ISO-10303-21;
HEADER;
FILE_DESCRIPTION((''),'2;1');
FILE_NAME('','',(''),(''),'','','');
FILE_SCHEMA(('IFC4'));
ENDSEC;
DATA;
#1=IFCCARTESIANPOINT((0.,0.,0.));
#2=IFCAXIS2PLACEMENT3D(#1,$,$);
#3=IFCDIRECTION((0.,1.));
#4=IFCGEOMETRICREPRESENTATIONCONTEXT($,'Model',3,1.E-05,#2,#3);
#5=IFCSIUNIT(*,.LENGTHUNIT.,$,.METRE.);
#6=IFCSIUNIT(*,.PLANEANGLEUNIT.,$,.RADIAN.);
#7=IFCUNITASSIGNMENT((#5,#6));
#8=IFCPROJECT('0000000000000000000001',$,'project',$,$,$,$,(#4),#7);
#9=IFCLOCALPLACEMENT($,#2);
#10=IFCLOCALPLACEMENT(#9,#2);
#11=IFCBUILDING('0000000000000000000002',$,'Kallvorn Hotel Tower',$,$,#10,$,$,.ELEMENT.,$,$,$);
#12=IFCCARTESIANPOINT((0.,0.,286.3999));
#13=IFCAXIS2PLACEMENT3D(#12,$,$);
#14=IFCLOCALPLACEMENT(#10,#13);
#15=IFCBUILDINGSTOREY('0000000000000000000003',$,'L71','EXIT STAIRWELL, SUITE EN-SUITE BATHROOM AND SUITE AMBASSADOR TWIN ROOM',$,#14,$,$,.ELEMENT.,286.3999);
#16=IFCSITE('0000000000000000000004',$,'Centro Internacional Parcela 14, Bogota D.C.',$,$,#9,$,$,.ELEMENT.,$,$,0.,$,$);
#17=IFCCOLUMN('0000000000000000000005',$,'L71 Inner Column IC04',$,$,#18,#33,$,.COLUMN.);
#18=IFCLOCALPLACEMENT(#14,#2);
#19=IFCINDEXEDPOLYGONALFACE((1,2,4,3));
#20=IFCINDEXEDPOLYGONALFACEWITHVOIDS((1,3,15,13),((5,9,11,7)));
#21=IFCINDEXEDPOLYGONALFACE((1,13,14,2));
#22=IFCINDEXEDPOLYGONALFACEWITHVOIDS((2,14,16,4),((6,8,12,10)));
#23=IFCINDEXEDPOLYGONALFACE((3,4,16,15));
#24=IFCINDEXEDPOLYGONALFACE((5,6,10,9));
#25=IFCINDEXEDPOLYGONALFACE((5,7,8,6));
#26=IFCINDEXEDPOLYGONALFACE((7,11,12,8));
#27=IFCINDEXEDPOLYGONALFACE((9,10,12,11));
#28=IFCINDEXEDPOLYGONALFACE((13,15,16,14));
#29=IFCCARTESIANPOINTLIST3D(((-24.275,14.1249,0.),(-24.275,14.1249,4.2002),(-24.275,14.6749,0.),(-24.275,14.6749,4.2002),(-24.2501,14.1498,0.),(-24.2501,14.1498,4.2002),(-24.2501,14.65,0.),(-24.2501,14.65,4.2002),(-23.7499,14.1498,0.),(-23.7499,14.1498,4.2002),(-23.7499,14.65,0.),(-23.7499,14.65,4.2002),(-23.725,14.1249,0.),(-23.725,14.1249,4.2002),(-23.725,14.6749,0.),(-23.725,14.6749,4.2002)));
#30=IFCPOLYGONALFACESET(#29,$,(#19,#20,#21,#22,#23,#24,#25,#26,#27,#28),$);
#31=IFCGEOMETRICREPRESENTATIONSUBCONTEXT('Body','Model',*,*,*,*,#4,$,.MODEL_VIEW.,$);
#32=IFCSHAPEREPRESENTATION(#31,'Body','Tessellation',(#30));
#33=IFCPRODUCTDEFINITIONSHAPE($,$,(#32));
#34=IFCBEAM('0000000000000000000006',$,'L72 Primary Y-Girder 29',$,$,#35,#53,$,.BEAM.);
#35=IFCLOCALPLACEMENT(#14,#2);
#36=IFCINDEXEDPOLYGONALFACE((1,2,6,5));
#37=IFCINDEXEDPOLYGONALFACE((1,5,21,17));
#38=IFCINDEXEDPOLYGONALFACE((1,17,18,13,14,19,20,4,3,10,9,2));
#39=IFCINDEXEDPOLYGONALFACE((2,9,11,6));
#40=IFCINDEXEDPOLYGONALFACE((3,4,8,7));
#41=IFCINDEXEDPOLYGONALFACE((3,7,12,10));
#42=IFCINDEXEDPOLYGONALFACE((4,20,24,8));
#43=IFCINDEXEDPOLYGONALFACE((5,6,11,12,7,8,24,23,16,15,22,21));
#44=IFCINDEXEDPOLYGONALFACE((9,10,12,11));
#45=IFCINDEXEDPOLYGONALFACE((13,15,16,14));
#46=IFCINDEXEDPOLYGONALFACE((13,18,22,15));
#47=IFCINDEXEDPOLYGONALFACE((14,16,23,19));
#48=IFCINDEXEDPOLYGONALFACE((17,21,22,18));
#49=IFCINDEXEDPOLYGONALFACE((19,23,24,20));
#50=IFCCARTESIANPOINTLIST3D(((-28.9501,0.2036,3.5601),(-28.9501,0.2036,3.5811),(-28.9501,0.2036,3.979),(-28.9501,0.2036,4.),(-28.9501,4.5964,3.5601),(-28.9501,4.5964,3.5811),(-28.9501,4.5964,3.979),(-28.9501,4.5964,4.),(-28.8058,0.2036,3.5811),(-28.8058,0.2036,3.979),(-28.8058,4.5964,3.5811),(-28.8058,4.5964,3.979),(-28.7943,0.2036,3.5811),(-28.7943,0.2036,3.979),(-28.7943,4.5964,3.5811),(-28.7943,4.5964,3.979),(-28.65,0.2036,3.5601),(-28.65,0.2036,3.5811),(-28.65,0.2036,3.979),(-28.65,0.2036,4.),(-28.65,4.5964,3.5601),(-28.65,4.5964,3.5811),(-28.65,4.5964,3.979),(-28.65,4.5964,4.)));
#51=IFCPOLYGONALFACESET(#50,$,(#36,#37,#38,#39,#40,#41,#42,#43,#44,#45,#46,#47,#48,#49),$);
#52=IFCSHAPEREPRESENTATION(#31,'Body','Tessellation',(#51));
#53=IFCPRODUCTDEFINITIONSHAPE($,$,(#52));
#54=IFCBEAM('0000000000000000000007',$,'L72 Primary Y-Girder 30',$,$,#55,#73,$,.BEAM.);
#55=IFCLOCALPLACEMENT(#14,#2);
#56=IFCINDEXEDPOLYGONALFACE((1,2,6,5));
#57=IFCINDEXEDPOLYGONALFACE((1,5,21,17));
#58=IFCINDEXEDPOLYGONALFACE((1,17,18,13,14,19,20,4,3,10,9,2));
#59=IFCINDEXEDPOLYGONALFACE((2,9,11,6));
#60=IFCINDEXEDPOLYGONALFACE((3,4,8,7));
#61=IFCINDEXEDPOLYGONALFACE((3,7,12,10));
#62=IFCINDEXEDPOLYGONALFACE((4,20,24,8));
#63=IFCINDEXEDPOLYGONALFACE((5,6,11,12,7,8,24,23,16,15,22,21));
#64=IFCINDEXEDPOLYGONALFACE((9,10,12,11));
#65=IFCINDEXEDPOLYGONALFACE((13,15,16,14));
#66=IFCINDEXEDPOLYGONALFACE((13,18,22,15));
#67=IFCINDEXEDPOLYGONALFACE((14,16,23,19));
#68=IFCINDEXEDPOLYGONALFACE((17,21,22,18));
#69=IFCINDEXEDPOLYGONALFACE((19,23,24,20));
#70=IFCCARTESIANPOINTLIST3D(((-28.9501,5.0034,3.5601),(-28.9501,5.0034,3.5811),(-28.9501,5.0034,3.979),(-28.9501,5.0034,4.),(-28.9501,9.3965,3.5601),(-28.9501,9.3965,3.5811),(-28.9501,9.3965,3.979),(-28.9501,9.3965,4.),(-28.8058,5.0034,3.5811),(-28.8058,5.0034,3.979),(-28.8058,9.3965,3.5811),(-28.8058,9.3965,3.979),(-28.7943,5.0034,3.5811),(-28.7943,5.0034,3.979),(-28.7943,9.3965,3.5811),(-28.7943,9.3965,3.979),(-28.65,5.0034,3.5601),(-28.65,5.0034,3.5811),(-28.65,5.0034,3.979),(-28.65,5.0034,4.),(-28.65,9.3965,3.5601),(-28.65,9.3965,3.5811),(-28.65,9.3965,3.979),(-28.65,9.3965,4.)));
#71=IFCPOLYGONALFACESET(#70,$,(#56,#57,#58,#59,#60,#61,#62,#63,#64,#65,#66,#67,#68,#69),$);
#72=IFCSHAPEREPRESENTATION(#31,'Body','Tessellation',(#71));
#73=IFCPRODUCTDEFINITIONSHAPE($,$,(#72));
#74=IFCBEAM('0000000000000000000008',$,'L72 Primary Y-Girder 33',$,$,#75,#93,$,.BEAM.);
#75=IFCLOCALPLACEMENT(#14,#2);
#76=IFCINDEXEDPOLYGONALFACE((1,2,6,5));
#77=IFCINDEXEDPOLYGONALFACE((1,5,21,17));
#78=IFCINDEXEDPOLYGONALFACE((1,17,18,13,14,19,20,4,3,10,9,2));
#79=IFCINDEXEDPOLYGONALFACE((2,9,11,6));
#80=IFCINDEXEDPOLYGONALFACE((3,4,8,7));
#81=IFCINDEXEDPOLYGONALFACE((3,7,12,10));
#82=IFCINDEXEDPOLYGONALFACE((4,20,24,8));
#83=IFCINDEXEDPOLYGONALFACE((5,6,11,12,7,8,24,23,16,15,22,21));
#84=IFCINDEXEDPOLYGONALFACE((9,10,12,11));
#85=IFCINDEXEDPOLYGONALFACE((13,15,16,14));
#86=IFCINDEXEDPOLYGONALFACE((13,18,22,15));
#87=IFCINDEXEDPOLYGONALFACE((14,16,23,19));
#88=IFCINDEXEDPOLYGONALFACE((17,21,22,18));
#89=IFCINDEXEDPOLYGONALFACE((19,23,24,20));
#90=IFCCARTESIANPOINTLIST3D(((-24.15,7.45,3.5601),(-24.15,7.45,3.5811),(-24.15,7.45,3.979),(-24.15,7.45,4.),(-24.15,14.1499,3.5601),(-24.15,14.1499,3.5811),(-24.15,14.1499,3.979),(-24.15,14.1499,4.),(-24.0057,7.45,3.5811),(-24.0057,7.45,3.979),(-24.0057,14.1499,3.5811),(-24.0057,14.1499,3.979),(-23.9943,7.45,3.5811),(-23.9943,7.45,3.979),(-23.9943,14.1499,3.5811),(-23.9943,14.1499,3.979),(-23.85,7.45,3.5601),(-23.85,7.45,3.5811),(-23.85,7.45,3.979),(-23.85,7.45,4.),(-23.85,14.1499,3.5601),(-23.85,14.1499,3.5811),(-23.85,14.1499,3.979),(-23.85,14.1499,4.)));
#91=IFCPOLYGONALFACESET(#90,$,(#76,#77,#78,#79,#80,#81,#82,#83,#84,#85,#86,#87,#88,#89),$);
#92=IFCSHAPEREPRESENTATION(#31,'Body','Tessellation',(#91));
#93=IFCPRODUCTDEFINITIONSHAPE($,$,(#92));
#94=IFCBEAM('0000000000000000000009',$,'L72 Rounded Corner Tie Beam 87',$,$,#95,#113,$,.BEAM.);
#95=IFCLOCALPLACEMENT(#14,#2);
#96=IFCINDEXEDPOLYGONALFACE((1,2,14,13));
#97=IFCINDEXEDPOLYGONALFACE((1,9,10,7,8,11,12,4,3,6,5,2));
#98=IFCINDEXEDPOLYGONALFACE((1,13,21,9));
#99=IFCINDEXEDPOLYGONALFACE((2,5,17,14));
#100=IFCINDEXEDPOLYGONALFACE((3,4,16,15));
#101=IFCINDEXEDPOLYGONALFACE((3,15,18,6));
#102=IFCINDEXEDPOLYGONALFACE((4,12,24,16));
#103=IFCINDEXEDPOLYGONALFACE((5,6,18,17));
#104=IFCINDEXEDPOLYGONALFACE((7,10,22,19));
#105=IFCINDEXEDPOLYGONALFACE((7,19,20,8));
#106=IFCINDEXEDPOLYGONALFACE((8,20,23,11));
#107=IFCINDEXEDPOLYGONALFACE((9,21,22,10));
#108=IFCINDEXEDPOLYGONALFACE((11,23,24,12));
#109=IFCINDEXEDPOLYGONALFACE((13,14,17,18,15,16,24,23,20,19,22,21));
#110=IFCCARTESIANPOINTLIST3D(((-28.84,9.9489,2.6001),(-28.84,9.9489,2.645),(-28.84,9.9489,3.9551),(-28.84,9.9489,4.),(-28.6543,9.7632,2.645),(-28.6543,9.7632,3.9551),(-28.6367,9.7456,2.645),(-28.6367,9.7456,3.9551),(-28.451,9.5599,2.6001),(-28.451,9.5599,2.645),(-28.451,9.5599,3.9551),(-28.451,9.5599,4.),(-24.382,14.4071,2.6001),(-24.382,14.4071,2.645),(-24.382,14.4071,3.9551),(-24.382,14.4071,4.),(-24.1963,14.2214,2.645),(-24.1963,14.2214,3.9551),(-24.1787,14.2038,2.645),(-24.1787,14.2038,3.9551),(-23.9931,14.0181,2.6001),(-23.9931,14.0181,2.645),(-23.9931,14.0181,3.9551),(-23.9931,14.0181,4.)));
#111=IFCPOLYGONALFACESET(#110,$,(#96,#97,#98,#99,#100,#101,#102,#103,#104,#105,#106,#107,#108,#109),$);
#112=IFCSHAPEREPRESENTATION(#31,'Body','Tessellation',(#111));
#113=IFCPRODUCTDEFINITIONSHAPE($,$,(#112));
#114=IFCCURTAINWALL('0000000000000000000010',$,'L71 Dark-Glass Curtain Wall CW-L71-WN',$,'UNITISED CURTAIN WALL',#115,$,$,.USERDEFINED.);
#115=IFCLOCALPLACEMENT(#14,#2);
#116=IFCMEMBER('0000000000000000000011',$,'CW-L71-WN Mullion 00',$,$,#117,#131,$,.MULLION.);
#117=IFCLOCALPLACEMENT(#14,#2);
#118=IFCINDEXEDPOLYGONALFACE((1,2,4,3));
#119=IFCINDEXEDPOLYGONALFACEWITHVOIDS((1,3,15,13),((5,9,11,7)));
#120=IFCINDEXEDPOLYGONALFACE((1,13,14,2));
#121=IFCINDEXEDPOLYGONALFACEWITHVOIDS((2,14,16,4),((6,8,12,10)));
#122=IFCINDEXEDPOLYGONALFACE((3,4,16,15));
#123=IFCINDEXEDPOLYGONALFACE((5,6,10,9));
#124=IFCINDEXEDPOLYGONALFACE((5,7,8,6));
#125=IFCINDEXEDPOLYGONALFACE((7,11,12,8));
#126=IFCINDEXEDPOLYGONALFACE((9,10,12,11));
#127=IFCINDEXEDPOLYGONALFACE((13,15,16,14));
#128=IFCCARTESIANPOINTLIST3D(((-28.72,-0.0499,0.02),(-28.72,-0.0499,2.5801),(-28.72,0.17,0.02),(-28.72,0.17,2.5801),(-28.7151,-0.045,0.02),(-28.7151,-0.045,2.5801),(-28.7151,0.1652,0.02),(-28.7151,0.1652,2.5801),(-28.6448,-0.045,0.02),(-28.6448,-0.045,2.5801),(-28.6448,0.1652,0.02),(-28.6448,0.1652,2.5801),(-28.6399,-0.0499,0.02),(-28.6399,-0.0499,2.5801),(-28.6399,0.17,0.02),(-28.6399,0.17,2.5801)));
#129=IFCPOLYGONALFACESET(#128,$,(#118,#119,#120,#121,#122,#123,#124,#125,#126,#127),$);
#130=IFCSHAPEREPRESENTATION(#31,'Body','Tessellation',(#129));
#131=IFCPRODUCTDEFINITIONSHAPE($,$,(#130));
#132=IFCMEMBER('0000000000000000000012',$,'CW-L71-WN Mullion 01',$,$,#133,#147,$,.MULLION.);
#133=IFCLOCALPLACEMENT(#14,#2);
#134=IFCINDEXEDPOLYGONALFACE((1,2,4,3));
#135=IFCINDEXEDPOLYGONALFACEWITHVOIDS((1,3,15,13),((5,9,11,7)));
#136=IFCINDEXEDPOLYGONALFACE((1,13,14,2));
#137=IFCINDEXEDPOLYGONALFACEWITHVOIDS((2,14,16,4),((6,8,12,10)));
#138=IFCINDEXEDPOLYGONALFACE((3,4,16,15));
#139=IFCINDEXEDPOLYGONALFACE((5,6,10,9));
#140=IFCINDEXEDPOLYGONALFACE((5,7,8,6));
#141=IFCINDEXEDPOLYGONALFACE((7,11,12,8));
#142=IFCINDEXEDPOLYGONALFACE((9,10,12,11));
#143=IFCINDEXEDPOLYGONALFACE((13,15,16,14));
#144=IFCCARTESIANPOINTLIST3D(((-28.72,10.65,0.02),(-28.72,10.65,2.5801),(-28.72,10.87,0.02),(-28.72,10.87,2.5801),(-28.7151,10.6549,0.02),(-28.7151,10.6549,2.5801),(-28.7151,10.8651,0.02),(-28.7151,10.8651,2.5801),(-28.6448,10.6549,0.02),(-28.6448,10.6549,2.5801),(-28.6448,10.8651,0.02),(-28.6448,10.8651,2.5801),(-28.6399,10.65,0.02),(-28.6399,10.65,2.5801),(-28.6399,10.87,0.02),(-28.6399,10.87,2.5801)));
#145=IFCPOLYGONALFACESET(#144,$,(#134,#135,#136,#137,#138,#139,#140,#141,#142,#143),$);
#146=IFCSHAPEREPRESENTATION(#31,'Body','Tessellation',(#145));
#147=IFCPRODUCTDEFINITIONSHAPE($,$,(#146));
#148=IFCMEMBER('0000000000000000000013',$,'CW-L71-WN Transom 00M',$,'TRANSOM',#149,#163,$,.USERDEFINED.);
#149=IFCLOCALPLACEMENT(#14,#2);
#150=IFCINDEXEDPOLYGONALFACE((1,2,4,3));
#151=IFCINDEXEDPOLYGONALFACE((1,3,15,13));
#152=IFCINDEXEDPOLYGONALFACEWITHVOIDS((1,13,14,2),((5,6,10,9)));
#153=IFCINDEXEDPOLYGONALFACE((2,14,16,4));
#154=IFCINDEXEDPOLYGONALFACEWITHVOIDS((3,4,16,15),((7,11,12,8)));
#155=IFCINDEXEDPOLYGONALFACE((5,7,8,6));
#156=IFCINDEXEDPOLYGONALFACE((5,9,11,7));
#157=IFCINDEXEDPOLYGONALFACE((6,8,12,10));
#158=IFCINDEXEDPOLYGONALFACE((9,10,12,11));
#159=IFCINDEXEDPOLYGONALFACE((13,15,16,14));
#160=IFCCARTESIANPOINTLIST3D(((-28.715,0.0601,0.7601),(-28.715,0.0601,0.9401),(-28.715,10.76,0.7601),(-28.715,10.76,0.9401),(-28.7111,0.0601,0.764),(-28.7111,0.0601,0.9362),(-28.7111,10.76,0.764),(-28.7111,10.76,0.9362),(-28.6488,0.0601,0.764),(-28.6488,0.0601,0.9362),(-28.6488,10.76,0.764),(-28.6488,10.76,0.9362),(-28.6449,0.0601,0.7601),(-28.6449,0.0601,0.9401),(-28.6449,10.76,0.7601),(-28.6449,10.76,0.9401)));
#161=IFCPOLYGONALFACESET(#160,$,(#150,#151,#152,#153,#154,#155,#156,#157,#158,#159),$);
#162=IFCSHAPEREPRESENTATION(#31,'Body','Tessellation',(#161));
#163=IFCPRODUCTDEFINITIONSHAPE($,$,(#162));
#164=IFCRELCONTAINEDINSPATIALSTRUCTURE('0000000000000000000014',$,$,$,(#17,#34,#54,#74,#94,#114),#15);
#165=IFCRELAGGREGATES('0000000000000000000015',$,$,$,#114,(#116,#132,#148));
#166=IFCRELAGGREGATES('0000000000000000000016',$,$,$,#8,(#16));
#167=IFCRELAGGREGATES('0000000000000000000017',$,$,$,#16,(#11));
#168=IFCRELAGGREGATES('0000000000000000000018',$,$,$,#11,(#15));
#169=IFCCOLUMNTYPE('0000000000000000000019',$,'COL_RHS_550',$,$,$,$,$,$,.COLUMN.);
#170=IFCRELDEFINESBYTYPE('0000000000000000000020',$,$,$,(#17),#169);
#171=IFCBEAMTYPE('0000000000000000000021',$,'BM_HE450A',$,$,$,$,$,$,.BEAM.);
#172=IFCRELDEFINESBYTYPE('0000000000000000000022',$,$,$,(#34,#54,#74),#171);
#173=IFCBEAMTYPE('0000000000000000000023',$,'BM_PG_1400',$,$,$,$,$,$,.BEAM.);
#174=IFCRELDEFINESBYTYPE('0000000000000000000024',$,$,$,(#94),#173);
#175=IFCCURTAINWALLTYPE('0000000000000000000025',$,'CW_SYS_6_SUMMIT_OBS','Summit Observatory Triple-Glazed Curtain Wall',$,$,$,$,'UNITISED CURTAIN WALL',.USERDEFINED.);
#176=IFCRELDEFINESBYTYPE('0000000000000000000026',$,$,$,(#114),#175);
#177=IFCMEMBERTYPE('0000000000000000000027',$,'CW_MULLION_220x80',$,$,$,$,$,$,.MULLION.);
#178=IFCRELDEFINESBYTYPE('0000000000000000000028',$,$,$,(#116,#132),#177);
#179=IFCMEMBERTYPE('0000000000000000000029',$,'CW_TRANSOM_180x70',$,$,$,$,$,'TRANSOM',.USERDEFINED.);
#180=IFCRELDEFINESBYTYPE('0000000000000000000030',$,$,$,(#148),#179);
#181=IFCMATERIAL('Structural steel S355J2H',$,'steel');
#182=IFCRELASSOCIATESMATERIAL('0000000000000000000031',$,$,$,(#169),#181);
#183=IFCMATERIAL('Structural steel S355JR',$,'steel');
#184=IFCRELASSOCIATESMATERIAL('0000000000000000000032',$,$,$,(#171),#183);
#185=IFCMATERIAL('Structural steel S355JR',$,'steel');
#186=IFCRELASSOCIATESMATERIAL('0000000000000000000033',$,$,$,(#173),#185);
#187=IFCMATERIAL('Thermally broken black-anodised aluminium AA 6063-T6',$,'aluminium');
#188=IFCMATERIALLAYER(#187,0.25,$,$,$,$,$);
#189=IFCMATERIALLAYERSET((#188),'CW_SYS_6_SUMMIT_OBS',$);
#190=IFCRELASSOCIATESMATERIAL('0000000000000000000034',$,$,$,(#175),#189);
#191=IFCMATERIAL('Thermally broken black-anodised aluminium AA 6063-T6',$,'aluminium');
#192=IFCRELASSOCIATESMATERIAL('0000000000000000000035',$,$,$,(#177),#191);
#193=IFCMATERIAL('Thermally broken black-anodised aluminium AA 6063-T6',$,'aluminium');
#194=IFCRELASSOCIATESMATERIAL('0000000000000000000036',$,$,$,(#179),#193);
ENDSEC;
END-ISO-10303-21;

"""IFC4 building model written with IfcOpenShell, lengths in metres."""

from ifc_helpers import new_model, si_unit, direction, frame, origin, origin_2d, place, context, subcontext, project, spatial, hollow_rectangle, i_section, extrude, material, layer, layer_set, material_profile, profile_set, type_object, element, aggregate, save


model = new_model("IFC4")

# Units and contexts
model_context = context("Model", 3, precision=1e-05, world=origin(), true_north=direction((0.0, 1.0)))
body_context = subcontext(model_context, "Body", "Model", "MODEL_VIEW")
ifc_project = project(units=[si_unit("LENGTHUNIT", "METRE"), si_unit("PLANEANGLEUNIT", "RADIAN")], contexts=[model_context])

# Site, building, storey
site_placement = place(None, origin())
site = spatial("IfcSite", under=ifc_project, at=site_placement, Name="Centro Internacional Parcela 14, Bogota D.C.", CompositionType="ELEMENT", RefElevation=0.0)
building_placement = place(site_placement, origin())
building = spatial("IfcBuilding", under=site, at=building_placement, Name="Kallvorn Hotel Tower", CompositionType="ELEMENT")
storey_placement = place(building_placement, frame((0.0, 0.0, 286.3999)))
storey = spatial("IfcBuildingStorey", under=building, at=storey_placement, Name="L71", Description="EXIT STAIRWELL, SUITE EN-SUITE BATHROOM AND SUITE AMBASSADOR TWIN ROOM", CompositionType="ELEMENT", Elevation=286.3999)

# Column
ifc_material_1 = material(Name="Structural steel S355J2H", Category="steel")
ifc_material_profile_1 = material_profile(ifc_material_1, hollow_rectangle(XDim=0.55, YDim=0.55, WallThickness=0.0249, at=origin_2d()), Name="RHS 550x550x25")
ifc_profile_set_1 = profile_set([ifc_material_profile_1], Name="Structural steel S355J2H")
column_type_1 = type_object("IfcColumnType", Name="COL_RHS_550", PredefinedType="COLUMN", material=ifc_profile_set_1)
for number, where, z_axis, x_axis, name in (
    (1, (-24.0, 14.3999, 0.0), (0.0, 0.0, 1.0), (1.0, 0.0, 0.0), "L71 Inner Column IC04"),
):
    element("IfcColumn", number, at=place(storey_placement, frame(where, z_axis=z_axis, x_axis=x_axis)), inside=storey, type_object=column_type_1, Name=name, PredefinedType="COLUMN", context=body_context, shape_type="SweptSolid", body=[
        extrude(hollow_rectangle(XDim=0.55, YDim=0.55, WallThickness=0.0249, at=origin_2d()), origin(), (0.0, 0.0, 1.0), 4.2002),
    ])

# Beams
ifc_material_2 = material(Name="Structural steel S355JR", Category="steel")
ifc_material_profile_2 = material_profile(ifc_material_2, i_section(OverallWidth=0.3, OverallDepth=0.4399, WebThickness=0.0115, FlangeThickness=0.021, at=origin_2d()), Name="HE 450 A")
ifc_profile_set_2 = profile_set([ifc_material_profile_2], Name="Structural steel S355JR")
beam_type_1 = type_object("IfcBeamType", Name="BM_HE450A", PredefinedType="BEAM", material=ifc_profile_set_2)
beam_1_placement = place(storey_placement, frame((-28.8, 0.2036, 3.78), z_axis=(0.0, 1.0, 0.0), x_axis=(-1.0, 0.0, 0.0)))
element("IfcBeam", 2, at=beam_1_placement, inside=storey, type_object=beam_type_1, Name="L72 Primary Y-Girder 29", PredefinedType="BEAM", context=body_context, shape_type="SweptSolid", body=[
    extrude(i_section(OverallWidth=0.3, OverallDepth=0.4399, WebThickness=0.0115, FlangeThickness=0.021, at=origin_2d()), origin(), (0.0, 0.0, 1.0), 4.3928),
])
beam_2_placement = place(storey_placement, frame((-28.8, 5.0034, 3.78), z_axis=(0.0, 1.0, 0.0), x_axis=(-1.0, 0.0, 0.0)))
element("IfcBeam", 3, at=beam_2_placement, inside=storey, type_object=beam_type_1, Name="L72 Primary Y-Girder 30", PredefinedType="BEAM", context=body_context, shape_type="SweptSolid", body=[
    extrude(i_section(OverallWidth=0.3, OverallDepth=0.4399, WebThickness=0.0115, FlangeThickness=0.021, at=origin_2d()), origin(), (0.0, 0.0, 1.0), 4.3931),
])
beam_3_placement = place(storey_placement, frame((-24.0, 7.45, 3.78), z_axis=(0.0, 1.0, 0.0), x_axis=(-1.0, 0.0, 0.0)))
element("IfcBeam", 4, at=beam_3_placement, inside=storey, type_object=beam_type_1, Name="L72 Primary Y-Girder 33", PredefinedType="BEAM", context=body_context, shape_type="SweptSolid", body=[
    extrude(i_section(OverallWidth=0.3, OverallDepth=0.4399, WebThickness=0.0115, FlangeThickness=0.021, at=origin_2d()), origin(), (0.0, 0.0, 1.0), 6.7),
])
ifc_material_3 = material(Name="Structural steel S355JR", Category="steel")
ifc_material_profile_3 = material_profile(ifc_material_3, i_section(OverallWidth=0.55, OverallDepth=1.3999, WebThickness=0.0249, FlangeThickness=0.0449, at=origin_2d()), Name="PG 1400x550x25x45")
ifc_profile_set_3 = profile_set([ifc_material_profile_3], Name="Structural steel S355JR")
beam_type_2 = type_object("IfcBeamType", Name="BM_PG_1400", PredefinedType="BEAM", material=ifc_profile_set_3)
beam_4_placement = place(storey_placement, frame((-28.6455, 9.7544, 3.3), z_axis=(0.707087, 0.707126, 0.0), x_axis=(-0.707126, 0.707087, 0.0)))
element("IfcBeam", 5, at=beam_4_placement, inside=storey, type_object=beam_type_2, Name="L72 Rounded Corner Tie Beam 87", PredefinedType="BEAM", context=body_context, shape_type="SweptSolid", body=[
    extrude(i_section(OverallWidth=0.55, OverallDepth=1.3999, WebThickness=0.0249, FlangeThickness=0.0449, at=origin_2d()), origin(), (0.0, 0.0, 1.0), 6.3047),
])

# Curtain wall, members
ifc_material_4 = material(Name="Thermally broken black-anodised aluminium AA 6063-T6", Category="aluminium")
ifc_layer_1 = layer(ifc_material_4, 0.25)
ifc_layer_set_1 = layer_set([ifc_layer_1], Name="CW_SYS_6_SUMMIT_OBS")
curtain_wall_type = type_object("IfcCurtainWallType", Name="CW_SYS_6_SUMMIT_OBS", Description="Summit Observatory Triple-Glazed Curtain Wall", ElementType="UNITISED CURTAIN WALL", PredefinedType="USERDEFINED", material=ifc_layer_set_1)
curtain_wall_placement = place(storey_placement, origin())
curtain_wall = element("IfcCurtainWall", 6, at=curtain_wall_placement, inside=storey, type_object=curtain_wall_type, Name="L71 Dark-Glass Curtain Wall CW-L71-WN", ObjectType="UNITISED CURTAIN WALL", PredefinedType="USERDEFINED")
ifc_material_5 = material(Name="Thermally broken black-anodised aluminium AA 6063-T6", Category="aluminium")
ifc_material_profile_4 = material_profile(ifc_material_5, hollow_rectangle(XDim=0.0801, YDim=0.22, WallThickness=0.0049, at=origin_2d()), Name="MUL 220x80")
ifc_profile_set_4 = profile_set([ifc_material_profile_4], Name="Thermally broken black-anodised aluminium AA 6063-T6")
member_type_1 = type_object("IfcMemberType", Name="CW_MULLION_220x80", PredefinedType="MULLION", material=ifc_profile_set_4)
member_1_placement = place(storey_placement, frame((-28.6799, 0.0601, 0.02), z_axis=(0.0, 0.0, 1.0), x_axis=(1.0, 0.0, 0.0)))
member_1 = element("IfcMember", 7, at=member_1_placement, type_object=member_type_1, Name="CW-L71-WN Mullion 00", PredefinedType="MULLION", context=body_context, shape_type="SweptSolid", body=[
    extrude(hollow_rectangle(XDim=0.0801, YDim=0.22, WallThickness=0.0049, at=origin_2d()), origin(), (0.0, 0.0, 1.0), 2.5601),
])
member_2_placement = place(storey_placement, frame((-28.6799, 10.76, 0.02), z_axis=(0.0, 0.0, 1.0), x_axis=(1.0, 0.0, 0.0)))
member_2 = element("IfcMember", 8, at=member_2_placement, type_object=member_type_1, Name="CW-L71-WN Mullion 01", PredefinedType="MULLION", context=body_context, shape_type="SweptSolid", body=[
    extrude(hollow_rectangle(XDim=0.0801, YDim=0.22, WallThickness=0.0049, at=origin_2d()), origin(), (0.0, 0.0, 1.0), 2.5601),
])
ifc_material_6 = material(Name="Thermally broken black-anodised aluminium AA 6063-T6", Category="aluminium")
ifc_material_profile_5 = material_profile(ifc_material_6, hollow_rectangle(XDim=0.0701, YDim=0.1799, WallThickness=0.0039, at=origin_2d()), Name="TRN 180x70")
ifc_profile_set_5 = profile_set([ifc_material_profile_5], Name="Thermally broken black-anodised aluminium AA 6063-T6")
member_type_2 = type_object("IfcMemberType", Name="CW_TRANSOM_180x70", ElementType="TRANSOM", PredefinedType="USERDEFINED", material=ifc_profile_set_5)
member_3_placement = place(storey_placement, frame((-28.6799, 0.0601, 0.8501), z_axis=(0.0, 1.0, 0.0), x_axis=(-1.0, 0.0, 0.0)))
member_3 = element("IfcMember", 9, at=member_3_placement, type_object=member_type_2, Name="CW-L71-WN Transom 00M", ObjectType="TRANSOM", PredefinedType="USERDEFINED", context=body_context, shape_type="SweptSolid", body=[
    extrude(hollow_rectangle(XDim=0.0701, YDim=0.1799, WallThickness=0.0039, at=origin_2d()), origin(), (0.0, 0.0, 1.0), 10.7),
])

aggregate(curtain_wall, [member_1, member_2, member_3])

save(model, "model.ifc")
